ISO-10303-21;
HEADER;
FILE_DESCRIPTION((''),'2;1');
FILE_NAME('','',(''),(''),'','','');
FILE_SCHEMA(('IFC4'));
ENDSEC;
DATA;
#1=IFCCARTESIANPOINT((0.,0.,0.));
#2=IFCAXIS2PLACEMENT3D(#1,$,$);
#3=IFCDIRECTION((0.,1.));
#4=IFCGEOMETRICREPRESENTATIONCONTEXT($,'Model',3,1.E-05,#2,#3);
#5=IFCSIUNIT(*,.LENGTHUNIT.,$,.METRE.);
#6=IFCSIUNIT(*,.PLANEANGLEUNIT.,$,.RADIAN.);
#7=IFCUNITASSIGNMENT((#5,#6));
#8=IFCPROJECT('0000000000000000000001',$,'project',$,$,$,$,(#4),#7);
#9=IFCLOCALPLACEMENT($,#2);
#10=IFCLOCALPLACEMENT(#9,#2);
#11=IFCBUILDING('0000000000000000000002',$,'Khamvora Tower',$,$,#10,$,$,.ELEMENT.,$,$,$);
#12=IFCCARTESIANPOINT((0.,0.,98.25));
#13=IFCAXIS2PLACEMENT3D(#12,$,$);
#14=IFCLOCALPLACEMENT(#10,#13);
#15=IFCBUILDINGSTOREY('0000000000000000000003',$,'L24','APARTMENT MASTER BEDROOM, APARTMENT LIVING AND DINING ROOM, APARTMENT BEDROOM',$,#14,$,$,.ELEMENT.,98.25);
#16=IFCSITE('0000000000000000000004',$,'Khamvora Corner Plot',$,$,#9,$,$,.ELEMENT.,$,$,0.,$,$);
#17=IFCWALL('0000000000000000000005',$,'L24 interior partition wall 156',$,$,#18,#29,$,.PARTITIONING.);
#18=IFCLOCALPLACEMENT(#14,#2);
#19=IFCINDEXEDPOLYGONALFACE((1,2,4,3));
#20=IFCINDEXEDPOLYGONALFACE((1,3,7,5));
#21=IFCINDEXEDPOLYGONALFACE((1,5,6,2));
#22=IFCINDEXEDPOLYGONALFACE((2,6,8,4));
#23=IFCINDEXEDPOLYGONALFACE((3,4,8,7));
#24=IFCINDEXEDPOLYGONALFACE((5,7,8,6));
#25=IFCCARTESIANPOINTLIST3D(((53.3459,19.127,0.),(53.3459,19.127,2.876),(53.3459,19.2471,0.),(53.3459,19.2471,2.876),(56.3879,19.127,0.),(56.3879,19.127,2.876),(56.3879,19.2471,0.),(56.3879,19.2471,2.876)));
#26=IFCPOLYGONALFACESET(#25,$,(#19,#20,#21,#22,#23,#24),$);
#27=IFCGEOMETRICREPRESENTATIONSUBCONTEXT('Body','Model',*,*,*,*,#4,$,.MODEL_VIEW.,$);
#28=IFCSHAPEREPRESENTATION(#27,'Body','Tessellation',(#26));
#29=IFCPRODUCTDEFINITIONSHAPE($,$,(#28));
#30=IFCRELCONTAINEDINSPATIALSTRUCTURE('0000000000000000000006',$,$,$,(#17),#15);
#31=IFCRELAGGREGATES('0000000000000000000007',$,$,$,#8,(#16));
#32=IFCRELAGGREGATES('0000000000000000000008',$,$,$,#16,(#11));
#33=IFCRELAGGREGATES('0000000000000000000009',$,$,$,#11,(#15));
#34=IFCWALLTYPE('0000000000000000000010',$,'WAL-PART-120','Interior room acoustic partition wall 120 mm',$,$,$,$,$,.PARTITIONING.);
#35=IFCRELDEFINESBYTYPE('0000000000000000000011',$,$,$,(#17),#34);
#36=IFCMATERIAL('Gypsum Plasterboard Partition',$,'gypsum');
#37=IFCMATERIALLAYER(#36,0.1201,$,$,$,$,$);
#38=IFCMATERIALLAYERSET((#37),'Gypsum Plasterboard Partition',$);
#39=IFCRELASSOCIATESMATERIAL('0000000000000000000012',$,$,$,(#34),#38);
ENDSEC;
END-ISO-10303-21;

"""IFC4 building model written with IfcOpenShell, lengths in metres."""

from ifc_helpers import new_model, si_unit, direction, frame, frame_2d, origin, place, context, subcontext, project, spatial, rectangle, extrude, material, layer, layer_set, type_object, element, save


model = new_model("IFC4")

# Units and contexts
model_context = context("Model", 3, precision=1e-05, world=origin(), true_north=direction((0.0, 1.0)))
body_context = subcontext(model_context, "Body", "Model", "MODEL_VIEW")
ifc_project = project(units=[si_unit("LENGTHUNIT", "METRE"), si_unit("PLANEANGLEUNIT", "RADIAN")], contexts=[model_context])

# Site, building, storey
site_placement = place(None, origin())
site = spatial("IfcSite", under=ifc_project, at=site_placement, Name="Khamvora Corner Plot", CompositionType="ELEMENT", RefElevation=0.0)
building_placement = place(site_placement, origin())
building = spatial("IfcBuilding", under=site, at=building_placement, Name="Khamvora Tower", CompositionType="ELEMENT")
storey_placement = place(building_placement, frame((0.0, 0.0, 98.25)))
storey = spatial("IfcBuildingStorey", under=building, at=storey_placement, Name="L24", Description="APARTMENT MASTER BEDROOM, APARTMENT LIVING AND DINING ROOM, APARTMENT BEDROOM", CompositionType="ELEMENT", Elevation=98.25)

# Shared definitions
ifc_material_1 = material(Name="Gypsum Plasterboard Partition", Category="gypsum")
ifc_layer_1 = layer(ifc_material_1, 0.1201)
ifc_layer_set_1 = layer_set([ifc_layer_1], Name="Gypsum Plasterboard Partition")
wall_type_1 = type_object("IfcWallType", Name="WAL-PART-120", Description="Interior room acoustic partition wall 120 mm", PredefinedType="PARTITIONING", material=ifc_layer_set_1)

# Wall
wall_1_placement = place(storey_placement, frame((53.3459, 19.187, 0.0), z_axis=(0.0, 0.0, 1.0), x_axis=(1.0, 0.0, 0.0)))
element("IfcWall", 1, at=wall_1_placement, inside=storey, type_object=wall_type_1, Name="L24 interior partition wall 156", PredefinedType="PARTITIONING", context=body_context, shape_type="SweptSolid", body=[
    extrude(rectangle(XDim=3.042, YDim=0.1201, at=frame_2d((1.521, 0.0))), origin(), (0.0, 0.0, 1.0), 2.876),
])

save(model, "model.ifc")
